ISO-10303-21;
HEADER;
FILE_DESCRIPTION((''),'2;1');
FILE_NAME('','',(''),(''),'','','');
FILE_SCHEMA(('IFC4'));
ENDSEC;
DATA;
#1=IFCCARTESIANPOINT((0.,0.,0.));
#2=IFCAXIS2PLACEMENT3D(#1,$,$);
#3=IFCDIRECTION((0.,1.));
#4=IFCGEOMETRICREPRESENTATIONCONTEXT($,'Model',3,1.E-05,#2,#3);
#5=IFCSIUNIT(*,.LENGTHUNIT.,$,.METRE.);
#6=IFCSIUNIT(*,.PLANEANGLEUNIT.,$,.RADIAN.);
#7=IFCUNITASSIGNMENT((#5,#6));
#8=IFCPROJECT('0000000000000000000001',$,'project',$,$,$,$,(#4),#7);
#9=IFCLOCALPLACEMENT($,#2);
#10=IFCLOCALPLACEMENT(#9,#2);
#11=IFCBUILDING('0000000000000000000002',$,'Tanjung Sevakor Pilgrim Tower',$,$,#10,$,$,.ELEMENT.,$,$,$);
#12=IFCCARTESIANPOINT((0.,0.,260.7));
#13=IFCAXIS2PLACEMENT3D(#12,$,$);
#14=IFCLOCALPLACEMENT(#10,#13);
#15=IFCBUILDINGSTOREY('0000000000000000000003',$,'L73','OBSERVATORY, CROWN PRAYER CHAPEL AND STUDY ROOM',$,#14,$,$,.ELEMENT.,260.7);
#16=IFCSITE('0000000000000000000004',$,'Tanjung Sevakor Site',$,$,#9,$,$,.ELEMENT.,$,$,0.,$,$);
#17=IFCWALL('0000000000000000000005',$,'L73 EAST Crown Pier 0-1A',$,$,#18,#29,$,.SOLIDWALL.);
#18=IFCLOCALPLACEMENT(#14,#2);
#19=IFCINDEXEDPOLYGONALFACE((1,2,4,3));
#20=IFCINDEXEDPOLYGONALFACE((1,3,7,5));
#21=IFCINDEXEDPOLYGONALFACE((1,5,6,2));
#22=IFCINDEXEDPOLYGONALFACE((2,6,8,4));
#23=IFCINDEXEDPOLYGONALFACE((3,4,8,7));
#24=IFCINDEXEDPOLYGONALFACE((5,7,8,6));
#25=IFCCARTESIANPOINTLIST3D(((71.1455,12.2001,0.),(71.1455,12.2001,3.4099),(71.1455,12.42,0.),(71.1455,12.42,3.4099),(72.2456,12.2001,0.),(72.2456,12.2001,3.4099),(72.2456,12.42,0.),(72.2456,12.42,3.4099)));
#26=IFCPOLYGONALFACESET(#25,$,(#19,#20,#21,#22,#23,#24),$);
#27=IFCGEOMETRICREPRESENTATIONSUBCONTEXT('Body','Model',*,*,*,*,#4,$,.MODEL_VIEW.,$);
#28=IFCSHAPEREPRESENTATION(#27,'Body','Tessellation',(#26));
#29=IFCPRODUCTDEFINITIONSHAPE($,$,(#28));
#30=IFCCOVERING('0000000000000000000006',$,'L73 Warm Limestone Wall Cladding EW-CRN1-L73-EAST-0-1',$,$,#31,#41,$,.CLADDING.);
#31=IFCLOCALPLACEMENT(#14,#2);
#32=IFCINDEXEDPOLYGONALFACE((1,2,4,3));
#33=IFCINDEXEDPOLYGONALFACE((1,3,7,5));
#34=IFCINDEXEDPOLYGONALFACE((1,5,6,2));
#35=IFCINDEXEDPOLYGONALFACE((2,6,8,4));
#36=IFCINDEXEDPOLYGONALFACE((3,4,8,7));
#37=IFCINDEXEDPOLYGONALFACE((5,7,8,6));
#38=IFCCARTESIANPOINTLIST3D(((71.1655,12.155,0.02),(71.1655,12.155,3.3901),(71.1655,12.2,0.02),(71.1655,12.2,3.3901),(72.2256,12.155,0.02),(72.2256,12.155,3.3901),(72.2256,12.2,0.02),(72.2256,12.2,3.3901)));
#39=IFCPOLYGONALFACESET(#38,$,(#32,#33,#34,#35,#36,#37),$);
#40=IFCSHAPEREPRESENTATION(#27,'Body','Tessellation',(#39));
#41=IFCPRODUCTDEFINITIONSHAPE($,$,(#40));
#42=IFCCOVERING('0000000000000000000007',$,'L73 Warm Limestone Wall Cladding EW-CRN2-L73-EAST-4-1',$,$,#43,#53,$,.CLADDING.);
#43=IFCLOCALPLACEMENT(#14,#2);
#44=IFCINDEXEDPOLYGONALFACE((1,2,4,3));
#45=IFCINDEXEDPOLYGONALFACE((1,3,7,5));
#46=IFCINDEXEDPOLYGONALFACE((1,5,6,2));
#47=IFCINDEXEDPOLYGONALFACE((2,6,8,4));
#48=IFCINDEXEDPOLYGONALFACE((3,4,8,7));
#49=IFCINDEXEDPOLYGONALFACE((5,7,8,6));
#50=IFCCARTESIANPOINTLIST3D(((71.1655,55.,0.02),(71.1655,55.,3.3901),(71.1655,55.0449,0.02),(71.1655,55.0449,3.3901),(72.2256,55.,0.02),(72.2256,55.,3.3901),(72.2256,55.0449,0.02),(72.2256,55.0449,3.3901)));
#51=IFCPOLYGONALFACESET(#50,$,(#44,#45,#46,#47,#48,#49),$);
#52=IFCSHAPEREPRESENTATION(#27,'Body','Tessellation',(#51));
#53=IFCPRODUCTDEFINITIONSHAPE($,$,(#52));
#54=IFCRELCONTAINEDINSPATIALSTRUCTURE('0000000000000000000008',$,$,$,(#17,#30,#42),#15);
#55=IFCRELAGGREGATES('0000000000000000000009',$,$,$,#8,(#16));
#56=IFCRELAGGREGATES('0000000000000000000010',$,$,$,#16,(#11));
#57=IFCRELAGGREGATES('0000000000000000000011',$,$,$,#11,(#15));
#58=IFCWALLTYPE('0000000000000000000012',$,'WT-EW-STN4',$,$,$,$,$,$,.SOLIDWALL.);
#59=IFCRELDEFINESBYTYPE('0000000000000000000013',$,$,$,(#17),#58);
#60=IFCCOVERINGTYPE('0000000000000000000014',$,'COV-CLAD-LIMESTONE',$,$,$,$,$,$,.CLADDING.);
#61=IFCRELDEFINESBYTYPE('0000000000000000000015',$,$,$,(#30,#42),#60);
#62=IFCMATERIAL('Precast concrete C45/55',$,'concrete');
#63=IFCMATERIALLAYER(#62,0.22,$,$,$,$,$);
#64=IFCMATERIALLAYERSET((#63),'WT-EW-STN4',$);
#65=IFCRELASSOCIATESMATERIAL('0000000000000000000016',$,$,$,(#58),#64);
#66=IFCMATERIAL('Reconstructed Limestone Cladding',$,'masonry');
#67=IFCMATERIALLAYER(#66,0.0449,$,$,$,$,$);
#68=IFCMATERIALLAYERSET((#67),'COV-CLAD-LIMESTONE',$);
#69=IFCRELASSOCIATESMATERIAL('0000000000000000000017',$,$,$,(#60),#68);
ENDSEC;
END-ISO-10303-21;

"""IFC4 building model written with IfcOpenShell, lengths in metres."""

from ifc_helpers import new_model, si_unit, direction, frame, frame_2d, origin, origin_2d, place, context, subcontext, project, spatial, rectangle, extrude, material, layer, layer_set, type_object, element, save


model = new_model("IFC4")

# Units and contexts
model_context = context("Model", 3, precision=1e-05, world=origin(), true_north=direction((0.0, 1.0)))
body_context = subcontext(model_context, "Body", "Model", "MODEL_VIEW")
ifc_project = project(units=[si_unit("LENGTHUNIT", "METRE"), si_unit("PLANEANGLEUNIT", "RADIAN")], contexts=[model_context])

# Site, building, storey
site_placement = place(None, origin())
site = spatial("IfcSite", under=ifc_project, at=site_placement, Name="Tanjung Sevakor Site", CompositionType="ELEMENT", RefElevation=0.0)
building_placement = place(site_placement, origin())
building = spatial("IfcBuilding", under=site, at=building_placement, Name="Tanjung Sevakor Pilgrim Tower", CompositionType="ELEMENT")
storey_placement = place(building_placement, frame((0.0, 0.0, 260.7)))
storey = spatial("IfcBuildingStorey", under=building, at=storey_placement, Name="L73", Description="OBSERVATORY, CROWN PRAYER CHAPEL AND STUDY ROOM", CompositionType="ELEMENT", Elevation=260.7)

# Wall
ifc_material_1 = material(Name="Precast concrete C45/55", Category="concrete")
ifc_layer_1 = layer(ifc_material_1, 0.22)
ifc_layer_set_1 = layer_set([ifc_layer_1], Name="WT-EW-STN4")
wall_type_1 = type_object("IfcWallType", Name="WT-EW-STN4", PredefinedType="SOLIDWALL", material=ifc_layer_set_1)
wall_1_placement = place(storey_placement, frame((71.1455, 12.3101, 0.0), z_axis=(0.0, 0.0, 1.0), x_axis=(1.0, 0.0, 0.0)))
element("IfcWall", 1, at=wall_1_placement, inside=storey, type_object=wall_type_1, Name="L73 EAST Crown Pier 0-1A", PredefinedType="SOLIDWALL", context=body_context, shape_type="SweptSolid", body=[
    extrude(rectangle(XDim=1.1001, YDim=0.22, at=frame_2d((0.55, 0.0))), origin(), (0.0, 0.0, 1.0), 3.4099),
])

# Coverings
ifc_material_2 = material(Name="Reconstructed Limestone Cladding", Category="masonry")
ifc_layer_2 = layer(ifc_material_2, 0.0449)
ifc_layer_set_2 = layer_set([ifc_layer_2], Name="COV-CLAD-LIMESTONE")
covering_type = type_object("IfcCoveringType", Name="COV-CLAD-LIMESTONE", PredefinedType="CLADDING", material=ifc_layer_set_2)
for number, where, z_axis, x_axis, name in (
    (2, (71.6956, 12.1775, 0.02), (0.0, 0.0, 1.0), (1.0, 0.0, 0.0), "L73 Warm Limestone Wall Cladding EW-CRN1-L73-EAST-0-1"),
    (3, (71.6956, 55.0225, 0.02), (0.0, 0.0, 1.0), (-1.0, 0.0, 0.0), "L73 Warm Limestone Wall Cladding EW-CRN2-L73-EAST-4-1"),
):
    element("IfcCovering", number, at=place(storey_placement, frame(where, z_axis=z_axis, x_axis=x_axis)), inside=storey, type_object=covering_type, Name=name, PredefinedType="CLADDING", context=body_context, shape_type="SweptSolid", body=[
        extrude(rectangle(XDim=1.0601, YDim=0.0449, at=origin_2d()), origin(), (0.0, 0.0, 1.0), 3.3701),
    ])

save(model, "model.ifc")
